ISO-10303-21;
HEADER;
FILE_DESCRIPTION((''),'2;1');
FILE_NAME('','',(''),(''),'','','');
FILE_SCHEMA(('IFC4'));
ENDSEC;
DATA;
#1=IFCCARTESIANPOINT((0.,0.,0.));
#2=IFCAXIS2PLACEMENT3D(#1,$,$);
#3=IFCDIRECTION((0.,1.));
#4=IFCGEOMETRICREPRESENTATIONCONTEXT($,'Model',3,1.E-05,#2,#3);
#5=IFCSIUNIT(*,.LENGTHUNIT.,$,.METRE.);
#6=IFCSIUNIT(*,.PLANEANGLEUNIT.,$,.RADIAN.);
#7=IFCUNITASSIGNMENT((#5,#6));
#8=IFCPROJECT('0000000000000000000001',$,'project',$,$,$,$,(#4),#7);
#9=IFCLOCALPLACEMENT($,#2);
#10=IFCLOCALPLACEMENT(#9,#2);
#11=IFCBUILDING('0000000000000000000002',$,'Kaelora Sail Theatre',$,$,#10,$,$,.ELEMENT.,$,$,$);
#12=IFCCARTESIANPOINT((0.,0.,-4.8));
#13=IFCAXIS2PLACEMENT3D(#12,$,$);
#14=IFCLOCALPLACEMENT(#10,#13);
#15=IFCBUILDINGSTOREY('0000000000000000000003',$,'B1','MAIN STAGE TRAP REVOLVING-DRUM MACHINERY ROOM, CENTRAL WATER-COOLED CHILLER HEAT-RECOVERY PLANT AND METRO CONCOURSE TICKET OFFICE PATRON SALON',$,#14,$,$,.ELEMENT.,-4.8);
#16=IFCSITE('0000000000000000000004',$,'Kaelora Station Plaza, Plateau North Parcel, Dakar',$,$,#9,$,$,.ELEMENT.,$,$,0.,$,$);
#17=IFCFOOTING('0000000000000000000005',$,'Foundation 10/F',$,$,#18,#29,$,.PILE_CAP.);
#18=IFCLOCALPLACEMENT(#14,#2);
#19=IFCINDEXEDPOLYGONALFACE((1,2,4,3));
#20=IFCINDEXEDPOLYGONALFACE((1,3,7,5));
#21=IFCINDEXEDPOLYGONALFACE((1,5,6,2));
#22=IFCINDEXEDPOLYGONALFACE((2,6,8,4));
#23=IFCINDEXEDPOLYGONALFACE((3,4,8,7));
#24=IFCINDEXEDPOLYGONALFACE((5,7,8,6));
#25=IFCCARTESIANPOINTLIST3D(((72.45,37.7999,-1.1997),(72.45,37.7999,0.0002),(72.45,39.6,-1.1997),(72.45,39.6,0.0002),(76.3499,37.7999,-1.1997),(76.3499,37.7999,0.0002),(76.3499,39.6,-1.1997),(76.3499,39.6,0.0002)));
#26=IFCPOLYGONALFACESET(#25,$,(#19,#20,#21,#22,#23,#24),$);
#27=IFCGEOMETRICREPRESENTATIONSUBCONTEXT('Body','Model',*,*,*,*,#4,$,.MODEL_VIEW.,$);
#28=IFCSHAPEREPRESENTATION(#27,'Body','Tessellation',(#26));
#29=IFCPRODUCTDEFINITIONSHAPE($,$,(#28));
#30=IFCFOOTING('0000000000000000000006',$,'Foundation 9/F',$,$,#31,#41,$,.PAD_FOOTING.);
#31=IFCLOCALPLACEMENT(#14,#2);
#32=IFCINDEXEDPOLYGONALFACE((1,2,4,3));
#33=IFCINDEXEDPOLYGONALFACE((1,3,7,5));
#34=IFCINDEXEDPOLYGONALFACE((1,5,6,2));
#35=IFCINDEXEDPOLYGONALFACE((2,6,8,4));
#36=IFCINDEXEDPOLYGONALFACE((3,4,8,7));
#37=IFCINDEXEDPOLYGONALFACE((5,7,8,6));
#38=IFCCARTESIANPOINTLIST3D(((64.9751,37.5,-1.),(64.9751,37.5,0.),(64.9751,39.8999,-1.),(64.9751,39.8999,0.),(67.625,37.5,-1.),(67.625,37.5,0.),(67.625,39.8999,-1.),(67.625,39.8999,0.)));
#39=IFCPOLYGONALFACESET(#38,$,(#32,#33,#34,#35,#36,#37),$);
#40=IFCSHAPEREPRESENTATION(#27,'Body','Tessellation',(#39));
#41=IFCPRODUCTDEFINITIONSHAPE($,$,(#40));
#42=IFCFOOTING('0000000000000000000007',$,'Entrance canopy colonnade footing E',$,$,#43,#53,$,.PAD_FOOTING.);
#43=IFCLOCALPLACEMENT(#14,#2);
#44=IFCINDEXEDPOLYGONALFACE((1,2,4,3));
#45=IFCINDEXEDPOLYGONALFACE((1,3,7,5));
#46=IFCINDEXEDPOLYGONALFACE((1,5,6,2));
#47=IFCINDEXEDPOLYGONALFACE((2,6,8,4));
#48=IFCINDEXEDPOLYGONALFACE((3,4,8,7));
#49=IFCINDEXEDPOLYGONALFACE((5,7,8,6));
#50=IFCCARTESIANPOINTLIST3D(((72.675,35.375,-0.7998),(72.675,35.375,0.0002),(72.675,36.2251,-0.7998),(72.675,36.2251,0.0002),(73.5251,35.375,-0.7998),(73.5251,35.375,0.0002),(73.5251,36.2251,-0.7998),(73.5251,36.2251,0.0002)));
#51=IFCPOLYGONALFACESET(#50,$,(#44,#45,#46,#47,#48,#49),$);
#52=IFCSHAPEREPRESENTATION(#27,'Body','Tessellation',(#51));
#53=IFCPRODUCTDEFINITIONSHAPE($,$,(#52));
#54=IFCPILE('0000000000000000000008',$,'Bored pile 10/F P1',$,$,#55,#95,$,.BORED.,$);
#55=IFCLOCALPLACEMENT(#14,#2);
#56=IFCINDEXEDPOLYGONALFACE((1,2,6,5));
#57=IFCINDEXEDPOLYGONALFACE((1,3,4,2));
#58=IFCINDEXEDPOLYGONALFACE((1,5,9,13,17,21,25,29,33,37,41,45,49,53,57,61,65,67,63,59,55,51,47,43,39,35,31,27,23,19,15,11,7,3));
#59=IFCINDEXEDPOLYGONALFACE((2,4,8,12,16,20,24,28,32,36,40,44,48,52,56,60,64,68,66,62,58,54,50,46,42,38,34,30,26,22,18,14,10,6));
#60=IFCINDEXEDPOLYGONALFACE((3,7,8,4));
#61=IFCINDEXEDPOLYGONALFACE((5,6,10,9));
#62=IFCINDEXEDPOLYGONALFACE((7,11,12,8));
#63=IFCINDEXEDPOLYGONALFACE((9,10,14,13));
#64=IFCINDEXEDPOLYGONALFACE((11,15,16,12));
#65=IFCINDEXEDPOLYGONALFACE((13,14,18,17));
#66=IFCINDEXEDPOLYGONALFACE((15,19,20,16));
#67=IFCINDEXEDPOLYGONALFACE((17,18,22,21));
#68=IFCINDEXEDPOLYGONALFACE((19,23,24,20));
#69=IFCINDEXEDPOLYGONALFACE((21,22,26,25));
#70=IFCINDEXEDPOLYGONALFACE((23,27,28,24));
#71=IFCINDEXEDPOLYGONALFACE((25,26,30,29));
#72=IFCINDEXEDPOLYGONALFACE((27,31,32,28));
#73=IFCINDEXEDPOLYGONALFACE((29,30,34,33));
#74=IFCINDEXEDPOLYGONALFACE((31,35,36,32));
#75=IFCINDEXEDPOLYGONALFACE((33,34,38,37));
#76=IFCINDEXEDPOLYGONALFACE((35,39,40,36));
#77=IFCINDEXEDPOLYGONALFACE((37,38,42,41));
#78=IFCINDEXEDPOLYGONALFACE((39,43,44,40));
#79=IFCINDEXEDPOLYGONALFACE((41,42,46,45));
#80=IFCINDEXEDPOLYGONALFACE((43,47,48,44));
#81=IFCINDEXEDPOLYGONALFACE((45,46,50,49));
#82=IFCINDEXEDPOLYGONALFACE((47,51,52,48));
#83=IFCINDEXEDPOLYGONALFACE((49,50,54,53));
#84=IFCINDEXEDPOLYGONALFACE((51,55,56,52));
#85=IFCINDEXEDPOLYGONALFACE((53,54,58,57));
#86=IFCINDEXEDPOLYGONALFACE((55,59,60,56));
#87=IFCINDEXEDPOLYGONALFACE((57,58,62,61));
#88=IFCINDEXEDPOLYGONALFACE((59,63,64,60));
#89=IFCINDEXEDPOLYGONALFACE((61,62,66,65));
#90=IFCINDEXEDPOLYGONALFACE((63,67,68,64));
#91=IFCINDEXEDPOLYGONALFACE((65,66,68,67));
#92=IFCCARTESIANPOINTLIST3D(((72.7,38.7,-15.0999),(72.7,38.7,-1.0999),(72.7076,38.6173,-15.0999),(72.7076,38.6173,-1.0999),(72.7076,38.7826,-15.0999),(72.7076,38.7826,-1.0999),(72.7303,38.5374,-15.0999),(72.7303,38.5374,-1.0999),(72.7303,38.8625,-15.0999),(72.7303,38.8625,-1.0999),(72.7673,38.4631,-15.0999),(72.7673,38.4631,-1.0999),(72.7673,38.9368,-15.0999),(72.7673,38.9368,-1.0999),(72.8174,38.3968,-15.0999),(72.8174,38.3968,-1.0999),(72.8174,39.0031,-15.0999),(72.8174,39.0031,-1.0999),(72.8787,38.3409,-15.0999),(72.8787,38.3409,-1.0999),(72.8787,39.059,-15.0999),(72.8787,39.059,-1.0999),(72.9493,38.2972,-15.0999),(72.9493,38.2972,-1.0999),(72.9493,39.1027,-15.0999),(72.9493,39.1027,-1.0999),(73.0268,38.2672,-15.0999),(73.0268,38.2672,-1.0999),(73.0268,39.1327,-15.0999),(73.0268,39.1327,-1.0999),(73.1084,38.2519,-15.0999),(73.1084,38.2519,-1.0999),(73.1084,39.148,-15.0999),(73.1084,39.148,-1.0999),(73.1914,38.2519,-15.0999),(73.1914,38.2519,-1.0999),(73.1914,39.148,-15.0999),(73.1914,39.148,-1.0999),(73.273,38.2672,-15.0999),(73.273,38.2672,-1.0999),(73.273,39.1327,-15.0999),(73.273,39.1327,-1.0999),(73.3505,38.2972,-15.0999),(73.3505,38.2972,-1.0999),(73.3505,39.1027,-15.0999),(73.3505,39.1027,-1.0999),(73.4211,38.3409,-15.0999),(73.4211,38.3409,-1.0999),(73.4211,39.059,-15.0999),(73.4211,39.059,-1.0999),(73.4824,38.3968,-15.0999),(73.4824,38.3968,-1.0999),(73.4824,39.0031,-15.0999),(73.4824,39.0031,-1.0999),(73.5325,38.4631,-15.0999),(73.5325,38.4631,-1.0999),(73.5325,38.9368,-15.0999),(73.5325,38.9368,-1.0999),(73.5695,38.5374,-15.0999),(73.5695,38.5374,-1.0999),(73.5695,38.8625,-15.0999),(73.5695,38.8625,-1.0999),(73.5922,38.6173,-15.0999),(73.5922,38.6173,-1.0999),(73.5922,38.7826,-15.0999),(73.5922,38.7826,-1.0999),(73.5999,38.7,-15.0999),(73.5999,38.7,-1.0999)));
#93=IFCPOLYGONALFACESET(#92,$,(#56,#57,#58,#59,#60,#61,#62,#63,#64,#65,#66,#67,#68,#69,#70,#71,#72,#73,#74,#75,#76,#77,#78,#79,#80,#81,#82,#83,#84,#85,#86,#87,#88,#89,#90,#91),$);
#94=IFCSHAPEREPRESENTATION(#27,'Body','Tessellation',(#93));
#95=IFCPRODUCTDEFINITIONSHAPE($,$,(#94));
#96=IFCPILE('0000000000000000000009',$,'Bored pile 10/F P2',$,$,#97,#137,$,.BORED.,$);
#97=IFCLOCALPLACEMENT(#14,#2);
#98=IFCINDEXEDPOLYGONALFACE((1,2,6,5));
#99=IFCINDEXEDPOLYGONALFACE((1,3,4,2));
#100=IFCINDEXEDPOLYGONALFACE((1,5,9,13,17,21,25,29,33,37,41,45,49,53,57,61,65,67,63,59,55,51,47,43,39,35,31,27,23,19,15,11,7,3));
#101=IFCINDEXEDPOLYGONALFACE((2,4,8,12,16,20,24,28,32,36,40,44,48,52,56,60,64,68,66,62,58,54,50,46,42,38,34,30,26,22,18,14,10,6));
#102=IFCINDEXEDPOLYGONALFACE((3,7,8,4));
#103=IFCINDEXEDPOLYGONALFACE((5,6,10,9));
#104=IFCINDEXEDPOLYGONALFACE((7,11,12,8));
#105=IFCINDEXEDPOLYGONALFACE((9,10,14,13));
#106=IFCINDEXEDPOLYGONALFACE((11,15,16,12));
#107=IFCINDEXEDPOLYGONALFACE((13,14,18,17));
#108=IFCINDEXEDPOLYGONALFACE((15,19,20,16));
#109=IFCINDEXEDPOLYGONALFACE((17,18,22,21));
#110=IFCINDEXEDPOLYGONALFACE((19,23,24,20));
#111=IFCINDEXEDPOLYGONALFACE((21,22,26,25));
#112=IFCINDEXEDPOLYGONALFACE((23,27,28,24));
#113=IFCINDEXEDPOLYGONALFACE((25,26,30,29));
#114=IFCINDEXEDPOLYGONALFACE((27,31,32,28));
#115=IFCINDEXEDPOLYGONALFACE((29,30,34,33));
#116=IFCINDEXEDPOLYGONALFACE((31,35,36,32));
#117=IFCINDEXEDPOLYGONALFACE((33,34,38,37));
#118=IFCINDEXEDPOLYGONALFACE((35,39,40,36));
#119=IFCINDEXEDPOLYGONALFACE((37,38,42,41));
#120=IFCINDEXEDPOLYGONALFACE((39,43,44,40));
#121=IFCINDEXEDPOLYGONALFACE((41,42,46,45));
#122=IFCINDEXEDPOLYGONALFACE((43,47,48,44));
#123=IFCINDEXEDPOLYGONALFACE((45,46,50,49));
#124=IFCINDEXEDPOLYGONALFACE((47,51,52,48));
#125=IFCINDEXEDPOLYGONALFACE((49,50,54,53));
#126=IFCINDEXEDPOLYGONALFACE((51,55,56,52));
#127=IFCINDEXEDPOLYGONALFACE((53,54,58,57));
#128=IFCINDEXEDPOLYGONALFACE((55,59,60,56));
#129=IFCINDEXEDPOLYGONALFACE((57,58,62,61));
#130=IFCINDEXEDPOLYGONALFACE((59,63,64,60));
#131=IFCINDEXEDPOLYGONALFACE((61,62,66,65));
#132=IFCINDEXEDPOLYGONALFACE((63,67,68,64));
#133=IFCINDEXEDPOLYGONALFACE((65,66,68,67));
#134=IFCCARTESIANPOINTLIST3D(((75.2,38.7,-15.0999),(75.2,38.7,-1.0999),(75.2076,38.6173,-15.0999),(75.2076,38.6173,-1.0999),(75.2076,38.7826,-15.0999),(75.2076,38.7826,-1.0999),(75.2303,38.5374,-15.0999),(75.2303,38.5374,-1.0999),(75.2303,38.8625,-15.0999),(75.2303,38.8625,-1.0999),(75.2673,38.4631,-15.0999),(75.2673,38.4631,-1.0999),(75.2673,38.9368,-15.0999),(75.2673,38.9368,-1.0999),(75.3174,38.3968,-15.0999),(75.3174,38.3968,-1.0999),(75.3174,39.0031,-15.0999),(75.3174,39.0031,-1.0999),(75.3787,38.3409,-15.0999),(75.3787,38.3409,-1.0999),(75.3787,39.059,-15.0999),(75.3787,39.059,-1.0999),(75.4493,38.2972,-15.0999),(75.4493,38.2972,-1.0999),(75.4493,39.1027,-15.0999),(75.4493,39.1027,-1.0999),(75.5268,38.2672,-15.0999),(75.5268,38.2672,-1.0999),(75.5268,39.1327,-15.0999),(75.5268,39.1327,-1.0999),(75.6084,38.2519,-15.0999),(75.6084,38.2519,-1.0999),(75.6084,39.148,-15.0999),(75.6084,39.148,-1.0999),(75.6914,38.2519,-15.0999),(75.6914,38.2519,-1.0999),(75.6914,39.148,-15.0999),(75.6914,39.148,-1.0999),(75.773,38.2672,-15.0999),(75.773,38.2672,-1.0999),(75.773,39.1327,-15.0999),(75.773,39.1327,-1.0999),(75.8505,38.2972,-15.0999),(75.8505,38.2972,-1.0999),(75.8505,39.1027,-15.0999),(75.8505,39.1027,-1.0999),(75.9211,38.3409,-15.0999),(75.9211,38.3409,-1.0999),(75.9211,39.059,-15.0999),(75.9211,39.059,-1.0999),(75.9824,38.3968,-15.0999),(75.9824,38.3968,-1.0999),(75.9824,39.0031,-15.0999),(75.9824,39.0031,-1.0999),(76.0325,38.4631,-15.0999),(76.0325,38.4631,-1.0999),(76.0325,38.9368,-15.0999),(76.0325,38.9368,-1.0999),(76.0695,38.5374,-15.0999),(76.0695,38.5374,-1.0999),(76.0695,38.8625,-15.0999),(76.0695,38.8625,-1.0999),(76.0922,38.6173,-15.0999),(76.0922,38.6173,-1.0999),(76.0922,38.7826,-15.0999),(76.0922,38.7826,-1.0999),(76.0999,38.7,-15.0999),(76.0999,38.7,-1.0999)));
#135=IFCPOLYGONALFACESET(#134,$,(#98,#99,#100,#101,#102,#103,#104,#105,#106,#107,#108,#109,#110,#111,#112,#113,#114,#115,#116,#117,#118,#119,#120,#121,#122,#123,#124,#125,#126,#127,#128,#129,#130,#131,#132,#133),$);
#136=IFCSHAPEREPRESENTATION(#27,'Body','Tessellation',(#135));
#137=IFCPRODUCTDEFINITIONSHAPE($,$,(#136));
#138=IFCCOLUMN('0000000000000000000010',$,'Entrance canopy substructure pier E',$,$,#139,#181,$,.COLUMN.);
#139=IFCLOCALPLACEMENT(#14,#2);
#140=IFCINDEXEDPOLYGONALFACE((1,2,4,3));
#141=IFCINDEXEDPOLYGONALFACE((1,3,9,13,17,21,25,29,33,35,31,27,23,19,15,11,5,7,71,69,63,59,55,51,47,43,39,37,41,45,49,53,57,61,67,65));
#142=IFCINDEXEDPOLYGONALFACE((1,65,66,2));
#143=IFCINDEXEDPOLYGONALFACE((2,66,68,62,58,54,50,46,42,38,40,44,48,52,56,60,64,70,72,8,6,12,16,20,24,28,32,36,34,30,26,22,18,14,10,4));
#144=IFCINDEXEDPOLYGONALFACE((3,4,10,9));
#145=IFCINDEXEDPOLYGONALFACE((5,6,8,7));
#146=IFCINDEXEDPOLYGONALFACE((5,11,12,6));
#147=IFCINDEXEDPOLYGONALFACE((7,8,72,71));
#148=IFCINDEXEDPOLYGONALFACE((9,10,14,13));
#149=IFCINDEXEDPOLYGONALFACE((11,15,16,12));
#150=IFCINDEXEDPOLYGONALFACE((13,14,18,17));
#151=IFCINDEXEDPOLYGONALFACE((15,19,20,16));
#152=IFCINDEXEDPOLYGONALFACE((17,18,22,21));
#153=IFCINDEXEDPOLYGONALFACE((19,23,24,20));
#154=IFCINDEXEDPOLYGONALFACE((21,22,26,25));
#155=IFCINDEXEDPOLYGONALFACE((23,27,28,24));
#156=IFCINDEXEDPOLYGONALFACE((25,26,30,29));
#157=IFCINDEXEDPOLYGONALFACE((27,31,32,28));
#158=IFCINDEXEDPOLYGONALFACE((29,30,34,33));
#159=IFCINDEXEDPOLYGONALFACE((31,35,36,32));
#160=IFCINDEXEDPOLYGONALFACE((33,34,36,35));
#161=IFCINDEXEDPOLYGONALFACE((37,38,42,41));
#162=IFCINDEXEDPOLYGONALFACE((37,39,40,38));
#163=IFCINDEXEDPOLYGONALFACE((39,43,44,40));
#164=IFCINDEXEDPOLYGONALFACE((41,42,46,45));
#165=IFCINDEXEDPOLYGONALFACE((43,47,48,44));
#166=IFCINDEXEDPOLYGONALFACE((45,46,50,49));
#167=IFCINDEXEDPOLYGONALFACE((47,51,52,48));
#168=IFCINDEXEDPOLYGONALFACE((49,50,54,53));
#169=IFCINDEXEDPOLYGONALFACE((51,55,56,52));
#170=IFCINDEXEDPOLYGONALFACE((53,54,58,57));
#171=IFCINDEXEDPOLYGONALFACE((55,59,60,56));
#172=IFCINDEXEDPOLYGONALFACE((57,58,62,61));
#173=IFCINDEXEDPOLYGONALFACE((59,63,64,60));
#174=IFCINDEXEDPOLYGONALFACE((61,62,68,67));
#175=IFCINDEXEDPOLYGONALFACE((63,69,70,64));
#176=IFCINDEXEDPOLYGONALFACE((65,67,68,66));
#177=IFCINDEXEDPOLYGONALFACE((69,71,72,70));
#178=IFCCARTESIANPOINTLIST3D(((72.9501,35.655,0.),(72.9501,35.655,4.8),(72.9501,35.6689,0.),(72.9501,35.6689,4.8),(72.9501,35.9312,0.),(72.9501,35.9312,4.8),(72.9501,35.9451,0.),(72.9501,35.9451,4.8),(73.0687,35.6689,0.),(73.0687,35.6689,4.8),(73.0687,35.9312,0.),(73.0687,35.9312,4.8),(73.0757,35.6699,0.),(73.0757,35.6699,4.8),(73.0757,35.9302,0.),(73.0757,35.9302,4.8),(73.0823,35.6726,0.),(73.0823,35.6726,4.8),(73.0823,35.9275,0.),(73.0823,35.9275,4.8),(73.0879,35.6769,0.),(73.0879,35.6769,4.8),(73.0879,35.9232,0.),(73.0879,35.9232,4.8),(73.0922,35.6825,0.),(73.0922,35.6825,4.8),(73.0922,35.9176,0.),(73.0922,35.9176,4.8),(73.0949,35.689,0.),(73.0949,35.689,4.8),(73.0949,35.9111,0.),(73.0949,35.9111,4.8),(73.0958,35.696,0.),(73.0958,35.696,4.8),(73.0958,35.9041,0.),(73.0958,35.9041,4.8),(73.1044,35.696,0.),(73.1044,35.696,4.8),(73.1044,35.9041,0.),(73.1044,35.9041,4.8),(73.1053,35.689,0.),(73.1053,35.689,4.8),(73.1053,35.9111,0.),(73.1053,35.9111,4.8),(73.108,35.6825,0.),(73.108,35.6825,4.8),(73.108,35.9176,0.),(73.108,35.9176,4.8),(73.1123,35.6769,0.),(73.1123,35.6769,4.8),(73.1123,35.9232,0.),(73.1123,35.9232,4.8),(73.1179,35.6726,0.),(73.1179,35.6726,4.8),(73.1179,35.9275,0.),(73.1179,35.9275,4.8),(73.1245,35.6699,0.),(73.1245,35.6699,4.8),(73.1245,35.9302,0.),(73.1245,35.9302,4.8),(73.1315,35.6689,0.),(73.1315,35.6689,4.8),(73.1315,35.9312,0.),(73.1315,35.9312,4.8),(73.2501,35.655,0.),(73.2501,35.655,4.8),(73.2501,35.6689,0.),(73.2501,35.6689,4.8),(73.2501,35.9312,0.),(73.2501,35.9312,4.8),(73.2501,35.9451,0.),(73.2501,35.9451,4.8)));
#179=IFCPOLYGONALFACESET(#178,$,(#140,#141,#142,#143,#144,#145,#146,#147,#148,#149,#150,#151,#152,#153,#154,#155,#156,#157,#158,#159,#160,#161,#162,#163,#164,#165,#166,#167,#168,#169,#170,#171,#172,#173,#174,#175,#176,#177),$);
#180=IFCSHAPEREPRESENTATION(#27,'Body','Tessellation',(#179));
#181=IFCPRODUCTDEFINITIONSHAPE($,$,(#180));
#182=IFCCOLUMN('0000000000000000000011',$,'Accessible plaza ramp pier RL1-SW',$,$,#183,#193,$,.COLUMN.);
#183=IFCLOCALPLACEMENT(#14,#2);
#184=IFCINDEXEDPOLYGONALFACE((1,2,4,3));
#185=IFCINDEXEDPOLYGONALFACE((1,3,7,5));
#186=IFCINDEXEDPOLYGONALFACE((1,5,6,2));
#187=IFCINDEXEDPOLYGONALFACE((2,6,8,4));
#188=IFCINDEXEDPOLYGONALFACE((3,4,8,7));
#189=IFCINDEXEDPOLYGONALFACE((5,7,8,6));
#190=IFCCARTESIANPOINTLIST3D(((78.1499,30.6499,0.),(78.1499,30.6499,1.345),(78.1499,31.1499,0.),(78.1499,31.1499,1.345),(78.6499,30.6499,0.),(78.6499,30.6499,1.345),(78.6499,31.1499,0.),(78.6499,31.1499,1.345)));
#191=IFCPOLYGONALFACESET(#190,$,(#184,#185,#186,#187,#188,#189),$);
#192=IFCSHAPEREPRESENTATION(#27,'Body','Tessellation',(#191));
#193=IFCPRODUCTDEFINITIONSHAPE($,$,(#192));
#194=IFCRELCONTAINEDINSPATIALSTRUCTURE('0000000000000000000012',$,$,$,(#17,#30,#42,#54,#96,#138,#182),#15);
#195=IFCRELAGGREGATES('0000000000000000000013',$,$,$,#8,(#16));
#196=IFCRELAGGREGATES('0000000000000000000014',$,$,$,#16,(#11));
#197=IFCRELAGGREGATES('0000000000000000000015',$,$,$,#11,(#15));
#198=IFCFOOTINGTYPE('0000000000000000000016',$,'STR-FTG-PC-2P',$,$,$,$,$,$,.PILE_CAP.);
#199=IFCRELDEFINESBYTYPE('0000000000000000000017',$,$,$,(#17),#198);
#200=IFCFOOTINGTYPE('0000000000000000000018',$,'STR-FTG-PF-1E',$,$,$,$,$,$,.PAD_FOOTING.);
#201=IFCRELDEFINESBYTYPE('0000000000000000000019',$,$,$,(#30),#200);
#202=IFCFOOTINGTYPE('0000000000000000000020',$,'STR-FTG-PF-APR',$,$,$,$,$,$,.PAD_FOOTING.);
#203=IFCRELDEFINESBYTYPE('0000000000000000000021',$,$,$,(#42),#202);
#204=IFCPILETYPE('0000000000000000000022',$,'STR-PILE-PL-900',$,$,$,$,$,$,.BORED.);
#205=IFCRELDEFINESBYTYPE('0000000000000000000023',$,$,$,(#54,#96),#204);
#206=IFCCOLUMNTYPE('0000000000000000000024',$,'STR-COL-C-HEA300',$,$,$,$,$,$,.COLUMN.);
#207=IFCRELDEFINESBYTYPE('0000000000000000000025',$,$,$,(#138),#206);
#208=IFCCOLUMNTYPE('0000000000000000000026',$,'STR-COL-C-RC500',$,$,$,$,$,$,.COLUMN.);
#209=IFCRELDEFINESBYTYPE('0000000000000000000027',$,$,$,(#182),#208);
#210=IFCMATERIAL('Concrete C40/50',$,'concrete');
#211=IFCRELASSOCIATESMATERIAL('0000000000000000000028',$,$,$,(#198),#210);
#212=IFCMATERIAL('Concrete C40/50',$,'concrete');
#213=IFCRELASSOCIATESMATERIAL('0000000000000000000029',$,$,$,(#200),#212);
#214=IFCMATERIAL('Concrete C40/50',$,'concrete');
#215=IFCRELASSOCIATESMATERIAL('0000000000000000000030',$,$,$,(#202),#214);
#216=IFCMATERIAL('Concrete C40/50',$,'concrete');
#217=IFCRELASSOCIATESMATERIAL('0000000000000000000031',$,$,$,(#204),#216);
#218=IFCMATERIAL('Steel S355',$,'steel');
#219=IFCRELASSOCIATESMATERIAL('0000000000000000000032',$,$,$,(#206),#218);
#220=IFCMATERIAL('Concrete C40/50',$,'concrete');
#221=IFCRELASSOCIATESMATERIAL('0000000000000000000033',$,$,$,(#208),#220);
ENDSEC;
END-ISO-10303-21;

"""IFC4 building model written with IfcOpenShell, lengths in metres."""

from ifc_helpers import new_model, si_unit, direction, frame, origin, origin_2d, place, context, subcontext, project, spatial, rectangle, circle, i_section, extrude, material, material_profile, profile_set, type_object, element, save


model = new_model("IFC4")

# Units and contexts
model_context = context("Model", 3, precision=1e-05, world=origin(), true_north=direction((0.0, 1.0)))
body_context = subcontext(model_context, "Body", "Model", "MODEL_VIEW")
ifc_project = project(units=[si_unit("LENGTHUNIT", "METRE"), si_unit("PLANEANGLEUNIT", "RADIAN")], contexts=[model_context])

# Site, building, storey
site_placement = place(None, origin())
site = spatial("IfcSite", under=ifc_project, at=site_placement, Name="Kaelora Station Plaza, Plateau North Parcel, Dakar", CompositionType="ELEMENT", RefElevation=0.0)
building_placement = place(site_placement, origin())
building = spatial("IfcBuilding", under=site, at=building_placement, Name="Kaelora Sail Theatre", CompositionType="ELEMENT")
storey_placement = place(building_placement, frame((0.0, 0.0, -4.8)))
storey = spatial("IfcBuildingStorey", under=building, at=storey_placement, Name="B1", Description="MAIN STAGE TRAP REVOLVING-DRUM MACHINERY ROOM, CENTRAL WATER-COOLED CHILLER HEAT-RECOVERY PLANT AND METRO CONCOURSE TICKET OFFICE PATRON SALON", CompositionType="ELEMENT", Elevation=-4.8)

# Footings
ifc_material_1 = material(Name="Concrete C40/50", Category="concrete")
footing_type_1 = type_object("IfcFootingType", Name="STR-FTG-PC-2P", PredefinedType="PILE_CAP", material=ifc_material_1)
footing_1_placement = place(storey_placement, frame((74.3999, 38.7, -1.1997), z_axis=(0.0, 0.0, 1.0), x_axis=(1.0, 0.0, 0.0)))
element("IfcFooting", 1, at=footing_1_placement, inside=storey, type_object=footing_type_1, Name="Foundation 10/F", PredefinedType="PILE_CAP", context=body_context, shape_type="SweptSolid", body=[
    extrude(rectangle(XDim=3.8999, YDim=1.8, at=origin_2d()), origin(), (0.0, 0.0, 1.0), 1.2),
])
ifc_material_2 = material(Name="Concrete C40/50", Category="concrete")
footing_type_2 = type_object("IfcFootingType", Name="STR-FTG-PF-1E", PredefinedType="PAD_FOOTING", material=ifc_material_2)
footing_2_placement = place(storey_placement, frame((66.3, 38.7, -1.0), z_axis=(0.0, 0.0, 1.0), x_axis=(1.0, 0.0, 0.0)))
element("IfcFooting", 2, at=footing_2_placement, inside=storey, type_object=footing_type_2, Name="Foundation 9/F", PredefinedType="PAD_FOOTING", context=body_context, shape_type="SweptSolid", body=[
    extrude(rectangle(XDim=2.6499, YDim=2.3999, at=origin_2d()), origin(), (0.0, 0.0, 1.0), 1.0),
])
ifc_material_3 = material(Name="Concrete C40/50", Category="concrete")
footing_type_3 = type_object("IfcFootingType", Name="STR-FTG-PF-APR", PredefinedType="PAD_FOOTING", material=ifc_material_3)
footing_3_placement = place(storey_placement, frame((73.1001, 35.8, -0.7998), z_axis=(0.0, 0.0, 1.0), x_axis=(1.0, 0.0, 0.0)))
element("IfcFooting", 3, at=footing_3_placement, inside=storey, type_object=footing_type_3, Name="Entrance canopy colonnade footing E", PredefinedType="PAD_FOOTING", context=body_context, shape_type="SweptSolid", body=[
    extrude(rectangle(XDim=0.8501, YDim=0.8501, at=origin_2d()), origin(), (0.0, 0.0, 1.0), 0.8),
])

# Piles
ifc_material_4 = material(Name="Concrete C40/50", Category="concrete")
ifc_material_profile_1 = material_profile(ifc_material_4, circle(Radius=0.45, at=origin_2d()), Name="PILE D900")
ifc_profile_set_1 = profile_set([ifc_material_profile_1], Name="Concrete C40/50")
pile_type = type_object("IfcPileType", Name="STR-PILE-PL-900", PredefinedType="BORED", material=ifc_profile_set_1)
for number, where, z_axis, x_axis, name in (
    (4, (73.1499, 38.7, -1.0999), (0.0, 0.0, -1.0), (1.0, 0.0, 0.0), "Bored pile 10/F P1"),
    (5, (75.6499, 38.7, -1.0999), (0.0, 0.0, -1.0), (1.0, 0.0, 0.0), "Bored pile 10/F P2"),
):
    element("IfcPile", number, at=place(storey_placement, frame(where, z_axis=z_axis, x_axis=x_axis)), inside=storey, type_object=pile_type, Name=name, PredefinedType="BORED", context=body_context, shape_type="SweptSolid", body=[
        extrude(circle(Radius=0.45, at=origin_2d()), origin(), (0.0, 0.0, 1.0), 14.0),
    ])

# Columns
ifc_material_5 = material(Name="Steel S355", Category="steel")
ifc_material_profile_2 = material_profile(ifc_material_5, i_section(OverallWidth=0.3, OverallDepth=0.29, WebThickness=0.0085, FlangeThickness=0.0139, FilletRadius=0.0271, at=origin_2d()), Name="HEA 300")
ifc_profile_set_2 = profile_set([ifc_material_profile_2], Name="Steel S355")
column_type_1 = type_object("IfcColumnType", Name="STR-COL-C-HEA300", PredefinedType="COLUMN", material=ifc_profile_set_2)
column_1_placement = place(storey_placement, frame((73.1001, 35.8, 0.0), z_axis=(0.0, 0.0, 1.0), x_axis=(1.0, 0.0, 0.0)))
element("IfcColumn", 6, at=column_1_placement, inside=storey, type_object=column_type_1, Name="Entrance canopy substructure pier E", PredefinedType="COLUMN", context=body_context, shape_type="SweptSolid", body=[
    extrude(i_section(OverallWidth=0.3, OverallDepth=0.29, WebThickness=0.0085, FlangeThickness=0.0139, FilletRadius=0.0271, at=origin_2d()), origin(), (0.0, 0.0, 1.0), 4.8),
])
ifc_material_6 = material(Name="Concrete C40/50", Category="concrete")
ifc_material_profile_3 = material_profile(ifc_material_6, rectangle(XDim=0.5, YDim=0.5, at=origin_2d()), Name="RC-COL 500x500")
ifc_profile_set_3 = profile_set([ifc_material_profile_3], Name="Concrete C40/50")
column_type_2 = type_object("IfcColumnType", Name="STR-COL-C-RC500", PredefinedType="COLUMN", material=ifc_profile_set_3)
for number, where, z_axis, x_axis, name in (
    (7, (78.3999, 30.8999, 0.0), (0.0, 0.0, 1.0), (1.0, 0.0, 0.0), "Accessible plaza ramp pier RL1-SW"),
):
    element("IfcColumn", number, at=place(storey_placement, frame(where, z_axis=z_axis, x_axis=x_axis)), inside=storey, type_object=column_type_2, Name=name, PredefinedType="COLUMN", context=body_context, shape_type="SweptSolid", body=[
        extrude(rectangle(XDim=0.5, YDim=0.5, at=origin_2d()), origin(), (0.0, 0.0, 1.0), 1.345),
    ])

save(model, "model.ifc")
